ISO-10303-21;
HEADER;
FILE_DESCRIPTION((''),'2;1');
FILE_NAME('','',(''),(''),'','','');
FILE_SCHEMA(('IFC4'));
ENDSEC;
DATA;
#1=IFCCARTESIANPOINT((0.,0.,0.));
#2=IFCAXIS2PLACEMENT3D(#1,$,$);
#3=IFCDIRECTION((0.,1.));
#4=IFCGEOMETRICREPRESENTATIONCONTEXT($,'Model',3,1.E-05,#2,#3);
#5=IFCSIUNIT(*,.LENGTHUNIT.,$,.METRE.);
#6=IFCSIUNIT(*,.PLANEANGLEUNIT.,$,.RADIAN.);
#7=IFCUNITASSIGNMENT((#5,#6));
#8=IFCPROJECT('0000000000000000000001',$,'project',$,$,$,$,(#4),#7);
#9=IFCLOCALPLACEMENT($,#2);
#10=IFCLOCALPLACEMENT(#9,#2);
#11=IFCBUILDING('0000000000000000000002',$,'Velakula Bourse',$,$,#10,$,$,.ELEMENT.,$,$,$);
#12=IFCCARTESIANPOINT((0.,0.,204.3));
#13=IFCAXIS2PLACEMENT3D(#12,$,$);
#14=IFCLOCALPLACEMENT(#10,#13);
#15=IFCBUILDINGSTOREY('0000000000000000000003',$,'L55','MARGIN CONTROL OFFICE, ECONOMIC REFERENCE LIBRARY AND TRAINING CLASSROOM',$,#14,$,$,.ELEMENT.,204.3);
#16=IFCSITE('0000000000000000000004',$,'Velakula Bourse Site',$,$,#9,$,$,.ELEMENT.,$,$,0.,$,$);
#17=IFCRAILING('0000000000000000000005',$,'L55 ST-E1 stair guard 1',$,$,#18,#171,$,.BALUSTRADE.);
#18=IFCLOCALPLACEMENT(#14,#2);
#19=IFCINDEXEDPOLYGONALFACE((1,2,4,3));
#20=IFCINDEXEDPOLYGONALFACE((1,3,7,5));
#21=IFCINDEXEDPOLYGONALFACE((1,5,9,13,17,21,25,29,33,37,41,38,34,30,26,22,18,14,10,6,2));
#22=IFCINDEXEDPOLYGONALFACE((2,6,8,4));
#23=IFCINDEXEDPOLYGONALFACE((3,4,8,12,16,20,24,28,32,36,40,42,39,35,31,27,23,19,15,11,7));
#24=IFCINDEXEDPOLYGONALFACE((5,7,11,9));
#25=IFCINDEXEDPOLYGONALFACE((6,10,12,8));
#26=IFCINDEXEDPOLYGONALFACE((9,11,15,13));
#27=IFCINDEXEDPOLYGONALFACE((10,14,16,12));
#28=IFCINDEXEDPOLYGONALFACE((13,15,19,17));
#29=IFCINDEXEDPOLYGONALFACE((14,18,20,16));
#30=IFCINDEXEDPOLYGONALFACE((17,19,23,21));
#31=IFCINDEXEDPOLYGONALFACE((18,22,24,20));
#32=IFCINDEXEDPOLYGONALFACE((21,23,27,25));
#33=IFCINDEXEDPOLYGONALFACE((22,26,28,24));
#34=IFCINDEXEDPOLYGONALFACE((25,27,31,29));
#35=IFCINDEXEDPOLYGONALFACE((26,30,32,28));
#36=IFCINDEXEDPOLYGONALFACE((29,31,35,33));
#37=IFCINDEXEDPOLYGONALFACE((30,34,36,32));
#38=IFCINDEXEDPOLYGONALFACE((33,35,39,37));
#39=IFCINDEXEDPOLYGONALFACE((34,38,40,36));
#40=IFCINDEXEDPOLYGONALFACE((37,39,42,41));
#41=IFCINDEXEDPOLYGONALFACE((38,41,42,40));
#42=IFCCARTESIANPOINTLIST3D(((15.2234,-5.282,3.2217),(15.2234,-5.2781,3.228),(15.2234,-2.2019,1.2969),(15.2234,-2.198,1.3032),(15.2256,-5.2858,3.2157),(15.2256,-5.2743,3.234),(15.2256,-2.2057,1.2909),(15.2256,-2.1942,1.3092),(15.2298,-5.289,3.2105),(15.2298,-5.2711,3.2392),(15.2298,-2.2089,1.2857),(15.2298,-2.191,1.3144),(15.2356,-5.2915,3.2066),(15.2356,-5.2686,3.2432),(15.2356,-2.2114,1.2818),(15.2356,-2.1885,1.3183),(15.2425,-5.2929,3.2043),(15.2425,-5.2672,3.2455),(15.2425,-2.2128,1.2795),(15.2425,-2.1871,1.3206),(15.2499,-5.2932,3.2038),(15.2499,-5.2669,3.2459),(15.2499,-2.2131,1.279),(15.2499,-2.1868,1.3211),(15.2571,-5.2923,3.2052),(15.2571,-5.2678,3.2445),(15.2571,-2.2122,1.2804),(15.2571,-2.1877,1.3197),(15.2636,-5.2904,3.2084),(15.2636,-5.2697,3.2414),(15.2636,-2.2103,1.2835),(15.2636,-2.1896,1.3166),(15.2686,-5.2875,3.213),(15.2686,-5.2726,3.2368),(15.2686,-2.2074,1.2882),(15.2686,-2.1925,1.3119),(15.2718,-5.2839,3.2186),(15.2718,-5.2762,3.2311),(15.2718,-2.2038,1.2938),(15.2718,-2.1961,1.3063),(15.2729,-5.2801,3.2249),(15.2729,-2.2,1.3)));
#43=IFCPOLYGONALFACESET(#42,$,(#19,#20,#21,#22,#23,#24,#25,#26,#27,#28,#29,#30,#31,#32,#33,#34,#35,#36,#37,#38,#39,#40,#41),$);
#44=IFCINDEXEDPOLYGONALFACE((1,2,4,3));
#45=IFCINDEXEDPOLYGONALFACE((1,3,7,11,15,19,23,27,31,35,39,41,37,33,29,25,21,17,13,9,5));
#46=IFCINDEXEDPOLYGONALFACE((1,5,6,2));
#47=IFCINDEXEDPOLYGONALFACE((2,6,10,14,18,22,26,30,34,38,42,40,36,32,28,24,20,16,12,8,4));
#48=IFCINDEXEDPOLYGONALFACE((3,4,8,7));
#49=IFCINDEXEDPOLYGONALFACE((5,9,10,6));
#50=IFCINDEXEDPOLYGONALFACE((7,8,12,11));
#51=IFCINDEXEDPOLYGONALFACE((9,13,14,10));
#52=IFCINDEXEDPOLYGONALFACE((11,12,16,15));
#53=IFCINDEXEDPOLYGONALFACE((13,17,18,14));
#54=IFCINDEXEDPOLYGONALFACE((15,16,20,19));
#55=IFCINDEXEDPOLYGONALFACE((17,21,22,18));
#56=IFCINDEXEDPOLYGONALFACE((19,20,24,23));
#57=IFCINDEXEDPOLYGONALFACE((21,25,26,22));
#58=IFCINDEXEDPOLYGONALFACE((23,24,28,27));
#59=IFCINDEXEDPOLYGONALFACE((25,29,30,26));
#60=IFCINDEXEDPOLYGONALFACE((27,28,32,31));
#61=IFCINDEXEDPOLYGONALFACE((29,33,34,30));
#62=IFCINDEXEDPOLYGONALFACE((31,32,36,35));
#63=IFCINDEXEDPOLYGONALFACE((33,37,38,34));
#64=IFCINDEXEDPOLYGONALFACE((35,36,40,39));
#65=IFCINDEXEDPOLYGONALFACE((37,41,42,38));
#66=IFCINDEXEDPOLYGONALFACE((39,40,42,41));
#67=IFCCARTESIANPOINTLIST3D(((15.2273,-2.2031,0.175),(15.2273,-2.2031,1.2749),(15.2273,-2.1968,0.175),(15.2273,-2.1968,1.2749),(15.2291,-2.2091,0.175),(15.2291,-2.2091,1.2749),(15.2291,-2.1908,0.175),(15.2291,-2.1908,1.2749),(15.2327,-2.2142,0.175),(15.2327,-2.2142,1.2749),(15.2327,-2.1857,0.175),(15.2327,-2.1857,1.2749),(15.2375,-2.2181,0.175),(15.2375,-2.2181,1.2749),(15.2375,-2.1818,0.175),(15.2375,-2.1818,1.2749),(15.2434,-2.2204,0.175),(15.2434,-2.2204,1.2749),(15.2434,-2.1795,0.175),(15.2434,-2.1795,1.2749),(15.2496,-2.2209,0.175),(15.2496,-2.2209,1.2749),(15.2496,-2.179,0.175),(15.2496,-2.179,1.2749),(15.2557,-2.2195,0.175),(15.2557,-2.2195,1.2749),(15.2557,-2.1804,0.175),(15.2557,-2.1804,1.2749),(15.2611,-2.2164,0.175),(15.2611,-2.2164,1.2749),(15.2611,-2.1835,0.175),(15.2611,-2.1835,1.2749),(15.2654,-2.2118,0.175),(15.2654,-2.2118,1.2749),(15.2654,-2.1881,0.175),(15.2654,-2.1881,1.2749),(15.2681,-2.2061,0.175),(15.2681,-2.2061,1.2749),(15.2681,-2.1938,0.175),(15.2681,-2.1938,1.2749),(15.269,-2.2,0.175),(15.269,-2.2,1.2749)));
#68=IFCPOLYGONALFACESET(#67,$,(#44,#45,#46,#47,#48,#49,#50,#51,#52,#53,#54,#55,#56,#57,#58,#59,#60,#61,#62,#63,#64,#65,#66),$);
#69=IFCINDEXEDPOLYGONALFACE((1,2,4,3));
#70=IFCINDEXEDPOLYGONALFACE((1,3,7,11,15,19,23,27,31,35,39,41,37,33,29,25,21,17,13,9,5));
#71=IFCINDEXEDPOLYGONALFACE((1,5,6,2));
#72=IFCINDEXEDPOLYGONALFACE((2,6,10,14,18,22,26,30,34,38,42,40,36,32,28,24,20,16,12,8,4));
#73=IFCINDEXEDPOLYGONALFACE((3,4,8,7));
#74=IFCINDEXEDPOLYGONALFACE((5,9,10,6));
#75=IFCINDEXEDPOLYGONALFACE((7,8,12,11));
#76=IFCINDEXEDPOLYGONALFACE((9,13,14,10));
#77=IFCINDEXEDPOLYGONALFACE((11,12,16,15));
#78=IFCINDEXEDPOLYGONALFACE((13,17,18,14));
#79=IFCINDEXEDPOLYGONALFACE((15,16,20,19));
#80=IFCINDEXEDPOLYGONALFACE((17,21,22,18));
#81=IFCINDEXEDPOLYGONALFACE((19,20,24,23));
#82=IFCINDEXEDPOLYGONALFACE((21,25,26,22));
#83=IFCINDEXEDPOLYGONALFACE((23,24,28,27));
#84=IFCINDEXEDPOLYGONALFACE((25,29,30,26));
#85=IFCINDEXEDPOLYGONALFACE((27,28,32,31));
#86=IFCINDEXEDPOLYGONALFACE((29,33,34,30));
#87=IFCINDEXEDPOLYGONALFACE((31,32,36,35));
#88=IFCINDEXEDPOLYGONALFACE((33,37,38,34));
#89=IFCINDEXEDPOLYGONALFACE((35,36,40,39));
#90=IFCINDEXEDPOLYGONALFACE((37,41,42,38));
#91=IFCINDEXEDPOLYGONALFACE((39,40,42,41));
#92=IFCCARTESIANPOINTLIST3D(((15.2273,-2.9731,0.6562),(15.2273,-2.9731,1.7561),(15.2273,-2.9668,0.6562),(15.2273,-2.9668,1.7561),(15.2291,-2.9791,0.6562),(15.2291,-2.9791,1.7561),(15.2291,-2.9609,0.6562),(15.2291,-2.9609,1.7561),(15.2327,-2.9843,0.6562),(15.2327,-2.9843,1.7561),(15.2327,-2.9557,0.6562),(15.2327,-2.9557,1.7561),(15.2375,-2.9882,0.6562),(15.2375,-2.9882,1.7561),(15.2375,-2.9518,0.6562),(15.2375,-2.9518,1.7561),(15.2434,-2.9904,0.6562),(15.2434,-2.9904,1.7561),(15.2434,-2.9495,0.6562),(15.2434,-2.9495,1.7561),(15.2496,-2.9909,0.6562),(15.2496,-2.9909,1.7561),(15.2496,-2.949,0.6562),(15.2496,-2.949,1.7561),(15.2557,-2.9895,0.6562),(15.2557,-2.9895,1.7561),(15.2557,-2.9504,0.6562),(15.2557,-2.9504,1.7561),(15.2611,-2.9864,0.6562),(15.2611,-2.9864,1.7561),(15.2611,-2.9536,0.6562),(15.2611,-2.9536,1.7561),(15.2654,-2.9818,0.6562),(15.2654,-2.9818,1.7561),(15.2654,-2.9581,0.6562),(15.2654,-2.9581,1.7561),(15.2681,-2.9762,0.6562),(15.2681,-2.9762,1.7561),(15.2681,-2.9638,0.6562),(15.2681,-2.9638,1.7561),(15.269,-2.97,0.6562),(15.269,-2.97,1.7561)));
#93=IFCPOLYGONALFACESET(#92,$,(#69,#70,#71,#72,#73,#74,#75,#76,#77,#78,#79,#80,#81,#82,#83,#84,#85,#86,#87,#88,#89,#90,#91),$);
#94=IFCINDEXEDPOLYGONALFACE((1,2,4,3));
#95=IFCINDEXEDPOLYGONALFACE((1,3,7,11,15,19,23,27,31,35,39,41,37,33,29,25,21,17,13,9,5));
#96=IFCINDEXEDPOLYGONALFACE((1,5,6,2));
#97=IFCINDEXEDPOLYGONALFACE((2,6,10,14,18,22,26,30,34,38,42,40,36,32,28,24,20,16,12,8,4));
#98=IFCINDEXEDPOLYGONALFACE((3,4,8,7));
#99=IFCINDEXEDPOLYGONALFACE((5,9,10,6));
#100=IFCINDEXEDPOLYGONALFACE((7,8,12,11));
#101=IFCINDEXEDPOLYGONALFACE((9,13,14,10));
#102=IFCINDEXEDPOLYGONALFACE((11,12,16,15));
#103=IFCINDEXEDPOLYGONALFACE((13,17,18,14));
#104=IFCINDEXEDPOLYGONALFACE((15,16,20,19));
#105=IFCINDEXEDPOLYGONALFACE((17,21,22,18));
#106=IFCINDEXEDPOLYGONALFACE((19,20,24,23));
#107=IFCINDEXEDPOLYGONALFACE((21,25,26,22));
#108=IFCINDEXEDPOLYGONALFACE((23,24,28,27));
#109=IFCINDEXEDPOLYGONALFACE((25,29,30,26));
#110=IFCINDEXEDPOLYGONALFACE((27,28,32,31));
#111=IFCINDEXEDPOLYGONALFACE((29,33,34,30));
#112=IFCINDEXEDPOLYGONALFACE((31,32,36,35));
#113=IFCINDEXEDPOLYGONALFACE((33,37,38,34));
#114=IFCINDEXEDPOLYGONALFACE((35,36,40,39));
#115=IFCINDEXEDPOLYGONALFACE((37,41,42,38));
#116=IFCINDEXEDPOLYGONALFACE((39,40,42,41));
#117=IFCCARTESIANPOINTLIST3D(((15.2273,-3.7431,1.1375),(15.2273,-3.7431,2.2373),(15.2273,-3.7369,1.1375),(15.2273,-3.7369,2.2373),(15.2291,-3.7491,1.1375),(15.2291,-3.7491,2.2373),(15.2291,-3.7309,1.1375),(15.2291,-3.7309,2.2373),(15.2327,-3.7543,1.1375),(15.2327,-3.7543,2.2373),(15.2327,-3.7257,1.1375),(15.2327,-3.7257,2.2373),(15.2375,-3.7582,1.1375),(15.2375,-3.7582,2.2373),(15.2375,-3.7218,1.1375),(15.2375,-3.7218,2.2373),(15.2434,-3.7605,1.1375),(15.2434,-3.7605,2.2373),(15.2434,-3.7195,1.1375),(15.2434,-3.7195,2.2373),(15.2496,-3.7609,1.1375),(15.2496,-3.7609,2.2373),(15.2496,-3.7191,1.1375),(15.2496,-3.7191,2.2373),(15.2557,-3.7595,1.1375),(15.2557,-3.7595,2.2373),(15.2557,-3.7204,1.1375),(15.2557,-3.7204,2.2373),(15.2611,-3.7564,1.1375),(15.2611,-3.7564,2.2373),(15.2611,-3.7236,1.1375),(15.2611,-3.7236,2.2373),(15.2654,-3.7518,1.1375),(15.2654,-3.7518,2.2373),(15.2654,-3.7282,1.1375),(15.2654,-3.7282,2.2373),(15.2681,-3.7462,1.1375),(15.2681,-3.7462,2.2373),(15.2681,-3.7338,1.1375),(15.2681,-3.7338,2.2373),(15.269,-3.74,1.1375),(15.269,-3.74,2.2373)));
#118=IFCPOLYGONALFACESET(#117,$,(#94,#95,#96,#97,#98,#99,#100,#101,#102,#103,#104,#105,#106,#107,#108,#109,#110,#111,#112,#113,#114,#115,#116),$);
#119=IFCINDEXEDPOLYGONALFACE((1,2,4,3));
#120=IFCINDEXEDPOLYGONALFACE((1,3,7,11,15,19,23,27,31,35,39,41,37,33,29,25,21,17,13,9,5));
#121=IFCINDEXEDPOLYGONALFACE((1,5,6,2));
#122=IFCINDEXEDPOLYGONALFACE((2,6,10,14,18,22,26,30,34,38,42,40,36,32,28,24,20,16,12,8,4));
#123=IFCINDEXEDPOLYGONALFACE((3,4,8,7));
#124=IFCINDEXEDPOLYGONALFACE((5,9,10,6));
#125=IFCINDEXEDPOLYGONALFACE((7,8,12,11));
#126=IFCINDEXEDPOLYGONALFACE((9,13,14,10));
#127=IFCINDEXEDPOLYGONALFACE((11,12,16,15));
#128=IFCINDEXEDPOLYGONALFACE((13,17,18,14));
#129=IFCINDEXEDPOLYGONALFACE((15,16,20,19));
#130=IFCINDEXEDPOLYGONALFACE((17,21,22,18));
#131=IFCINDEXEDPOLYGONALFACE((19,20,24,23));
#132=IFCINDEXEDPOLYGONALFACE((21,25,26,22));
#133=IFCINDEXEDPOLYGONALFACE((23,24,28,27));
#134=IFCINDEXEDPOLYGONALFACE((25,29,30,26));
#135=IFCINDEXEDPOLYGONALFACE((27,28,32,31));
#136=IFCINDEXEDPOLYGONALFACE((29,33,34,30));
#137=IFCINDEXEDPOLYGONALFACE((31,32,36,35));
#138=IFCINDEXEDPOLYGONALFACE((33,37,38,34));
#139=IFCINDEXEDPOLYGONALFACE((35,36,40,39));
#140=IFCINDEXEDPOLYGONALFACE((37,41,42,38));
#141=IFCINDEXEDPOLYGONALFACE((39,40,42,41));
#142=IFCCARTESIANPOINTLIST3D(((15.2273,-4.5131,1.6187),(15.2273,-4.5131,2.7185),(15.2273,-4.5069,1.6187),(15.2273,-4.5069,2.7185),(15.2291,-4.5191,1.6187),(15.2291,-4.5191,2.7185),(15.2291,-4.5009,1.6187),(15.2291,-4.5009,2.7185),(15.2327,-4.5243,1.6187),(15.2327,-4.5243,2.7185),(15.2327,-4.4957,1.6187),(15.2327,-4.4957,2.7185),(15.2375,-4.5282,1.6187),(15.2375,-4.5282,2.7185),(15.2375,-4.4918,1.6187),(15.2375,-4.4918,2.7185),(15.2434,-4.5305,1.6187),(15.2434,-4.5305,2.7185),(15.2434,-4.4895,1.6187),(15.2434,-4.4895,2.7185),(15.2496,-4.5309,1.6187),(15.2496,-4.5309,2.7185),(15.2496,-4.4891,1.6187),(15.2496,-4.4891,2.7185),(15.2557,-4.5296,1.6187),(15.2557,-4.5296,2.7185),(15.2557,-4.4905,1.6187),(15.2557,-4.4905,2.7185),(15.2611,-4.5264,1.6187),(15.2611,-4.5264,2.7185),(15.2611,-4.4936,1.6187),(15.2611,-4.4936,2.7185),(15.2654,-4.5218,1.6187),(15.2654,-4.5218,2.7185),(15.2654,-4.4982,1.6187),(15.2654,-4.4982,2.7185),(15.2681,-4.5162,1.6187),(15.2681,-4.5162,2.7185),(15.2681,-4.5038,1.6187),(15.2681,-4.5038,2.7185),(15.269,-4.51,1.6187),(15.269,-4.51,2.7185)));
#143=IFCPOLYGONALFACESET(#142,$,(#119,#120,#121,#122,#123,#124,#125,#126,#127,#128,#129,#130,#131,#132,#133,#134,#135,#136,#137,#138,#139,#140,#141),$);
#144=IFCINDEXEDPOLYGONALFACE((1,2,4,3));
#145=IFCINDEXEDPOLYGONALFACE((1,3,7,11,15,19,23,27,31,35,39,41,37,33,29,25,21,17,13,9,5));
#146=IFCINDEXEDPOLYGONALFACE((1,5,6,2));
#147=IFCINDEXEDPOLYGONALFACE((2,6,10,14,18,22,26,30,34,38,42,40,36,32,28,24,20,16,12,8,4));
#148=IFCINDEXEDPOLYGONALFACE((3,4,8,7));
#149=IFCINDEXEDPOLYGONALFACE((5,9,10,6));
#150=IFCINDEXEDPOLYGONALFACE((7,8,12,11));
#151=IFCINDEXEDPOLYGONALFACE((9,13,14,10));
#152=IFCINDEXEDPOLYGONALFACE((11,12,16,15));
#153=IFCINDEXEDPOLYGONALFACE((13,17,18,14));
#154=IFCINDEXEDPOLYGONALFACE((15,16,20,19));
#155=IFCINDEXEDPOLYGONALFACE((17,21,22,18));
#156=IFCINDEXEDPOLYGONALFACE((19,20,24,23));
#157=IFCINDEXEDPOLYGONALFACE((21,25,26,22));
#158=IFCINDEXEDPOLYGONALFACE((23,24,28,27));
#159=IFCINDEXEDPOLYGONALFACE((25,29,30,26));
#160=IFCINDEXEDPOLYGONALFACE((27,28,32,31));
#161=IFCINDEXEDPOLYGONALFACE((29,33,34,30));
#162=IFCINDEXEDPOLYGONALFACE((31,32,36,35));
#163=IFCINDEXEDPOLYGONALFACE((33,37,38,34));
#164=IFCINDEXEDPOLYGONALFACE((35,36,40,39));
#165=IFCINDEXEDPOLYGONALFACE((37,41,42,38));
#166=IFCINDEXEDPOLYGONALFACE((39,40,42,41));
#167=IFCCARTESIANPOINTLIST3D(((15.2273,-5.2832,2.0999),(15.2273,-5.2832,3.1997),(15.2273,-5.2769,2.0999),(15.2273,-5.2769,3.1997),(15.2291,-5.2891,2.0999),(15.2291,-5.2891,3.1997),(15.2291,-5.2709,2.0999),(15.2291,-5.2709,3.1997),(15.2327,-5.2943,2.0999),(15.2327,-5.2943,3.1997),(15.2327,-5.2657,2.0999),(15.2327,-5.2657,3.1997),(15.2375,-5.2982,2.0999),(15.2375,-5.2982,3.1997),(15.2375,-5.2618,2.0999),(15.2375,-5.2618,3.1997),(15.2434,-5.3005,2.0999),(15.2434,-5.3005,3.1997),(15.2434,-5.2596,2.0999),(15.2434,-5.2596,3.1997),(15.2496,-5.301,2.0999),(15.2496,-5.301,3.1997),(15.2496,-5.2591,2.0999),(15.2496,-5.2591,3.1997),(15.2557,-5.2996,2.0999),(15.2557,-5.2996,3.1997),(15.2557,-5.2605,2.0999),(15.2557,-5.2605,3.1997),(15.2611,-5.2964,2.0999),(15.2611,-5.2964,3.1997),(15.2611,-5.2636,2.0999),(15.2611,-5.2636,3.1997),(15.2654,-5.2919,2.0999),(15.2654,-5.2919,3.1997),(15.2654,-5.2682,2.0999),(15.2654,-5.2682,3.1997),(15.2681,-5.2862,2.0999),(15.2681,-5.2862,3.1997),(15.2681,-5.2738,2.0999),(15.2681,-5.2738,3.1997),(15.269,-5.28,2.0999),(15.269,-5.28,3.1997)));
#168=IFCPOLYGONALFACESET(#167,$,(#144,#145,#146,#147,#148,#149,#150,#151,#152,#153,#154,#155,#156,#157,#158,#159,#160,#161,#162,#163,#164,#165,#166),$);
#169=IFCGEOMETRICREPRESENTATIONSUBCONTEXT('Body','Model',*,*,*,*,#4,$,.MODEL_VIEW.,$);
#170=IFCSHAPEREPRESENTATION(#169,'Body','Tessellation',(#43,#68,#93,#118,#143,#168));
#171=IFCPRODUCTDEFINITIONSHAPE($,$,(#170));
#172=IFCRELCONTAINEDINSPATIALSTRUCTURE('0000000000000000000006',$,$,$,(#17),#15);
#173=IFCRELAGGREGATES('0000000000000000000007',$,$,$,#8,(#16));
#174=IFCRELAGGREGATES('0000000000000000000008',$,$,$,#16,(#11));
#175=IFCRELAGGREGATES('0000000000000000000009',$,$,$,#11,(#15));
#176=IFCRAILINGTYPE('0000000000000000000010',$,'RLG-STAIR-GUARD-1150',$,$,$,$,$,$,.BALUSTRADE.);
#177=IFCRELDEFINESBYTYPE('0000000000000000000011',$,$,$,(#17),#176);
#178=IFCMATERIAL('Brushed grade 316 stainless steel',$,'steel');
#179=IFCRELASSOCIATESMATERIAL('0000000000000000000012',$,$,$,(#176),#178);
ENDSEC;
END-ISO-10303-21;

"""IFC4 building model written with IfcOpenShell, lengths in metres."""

from ifc_helpers import new_model, si_unit, direction, frame, origin, origin_2d, place, context, subcontext, project, spatial, circle, extrude, material, type_object, element, save


model = new_model("IFC4")

# Units and contexts
model_context = context("Model", 3, precision=1e-05, world=origin(), true_north=direction((0.0, 1.0)))
body_context = subcontext(model_context, "Body", "Model", "MODEL_VIEW")
ifc_project = project(units=[si_unit("LENGTHUNIT", "METRE"), si_unit("PLANEANGLEUNIT", "RADIAN")], contexts=[model_context])

# Site, building, storey
site_placement = place(None, origin())
site = spatial("IfcSite", under=ifc_project, at=site_placement, Name="Velakula Bourse Site", CompositionType="ELEMENT", RefElevation=0.0)
building_placement = place(site_placement, origin())
building = spatial("IfcBuilding", under=site, at=building_placement, Name="Velakula Bourse", CompositionType="ELEMENT")
storey_placement = place(building_placement, frame((0.0, 0.0, 204.3)))
storey = spatial("IfcBuildingStorey", under=building, at=storey_placement, Name="L55", Description="MARGIN CONTROL OFFICE, ECONOMIC REFERENCE LIBRARY AND TRAINING CLASSROOM", CompositionType="ELEMENT", Elevation=204.3)

# Shared definitions
ifc_material_1 = material(Name="Brushed grade 316 stainless steel", Category="steel")

# Railing
railing_type_1 = type_object("IfcRailingType", Name="RLG-STAIR-GUARD-1150", PredefinedType="BALUSTRADE", material=ifc_material_1)
railing_1_placement = place(storey_placement, frame((15.248, -2.2, 0.175)))
element("IfcRailing", 1, at=railing_1_placement, inside=storey, type_object=railing_type_1, Name="L55 ST-E1 stair guard 1", PredefinedType="BALUSTRADE", context=body_context, shape_type="SweptSolid", body=[
    extrude(circle(Radius=0.0249, at=origin_2d()), frame((0.0, 0.0, 1.125), z_axis=(0.0, -0.848029, 0.529951), x_axis=(1.0, 0.0, 0.0)), (0.0, 0.0, 1.0), 3.6321),
    extrude(circle(Radius=0.021, at=origin_2d()), origin(), (0.0, 0.0, 1.0), 1.0999),
    extrude(circle(Radius=0.021, at=origin_2d()), frame((0.0, -0.77, 0.4812)), (0.0, 0.0, 1.0), 1.0999),
    extrude(circle(Radius=0.021, at=origin_2d()), frame((0.0, -1.54, 0.9624)), (0.0, 0.0, 1.0), 1.0999),
    extrude(circle(Radius=0.021, at=origin_2d()), frame((0.0, -2.3101, 1.4436)), (0.0, 0.0, 1.0), 1.0999),
    extrude(circle(Radius=0.021, at=origin_2d()), frame((0.0, -3.0801, 1.9248)), (0.0, 0.0, 1.0), 1.0999),
])

save(model, "model.ifc")
